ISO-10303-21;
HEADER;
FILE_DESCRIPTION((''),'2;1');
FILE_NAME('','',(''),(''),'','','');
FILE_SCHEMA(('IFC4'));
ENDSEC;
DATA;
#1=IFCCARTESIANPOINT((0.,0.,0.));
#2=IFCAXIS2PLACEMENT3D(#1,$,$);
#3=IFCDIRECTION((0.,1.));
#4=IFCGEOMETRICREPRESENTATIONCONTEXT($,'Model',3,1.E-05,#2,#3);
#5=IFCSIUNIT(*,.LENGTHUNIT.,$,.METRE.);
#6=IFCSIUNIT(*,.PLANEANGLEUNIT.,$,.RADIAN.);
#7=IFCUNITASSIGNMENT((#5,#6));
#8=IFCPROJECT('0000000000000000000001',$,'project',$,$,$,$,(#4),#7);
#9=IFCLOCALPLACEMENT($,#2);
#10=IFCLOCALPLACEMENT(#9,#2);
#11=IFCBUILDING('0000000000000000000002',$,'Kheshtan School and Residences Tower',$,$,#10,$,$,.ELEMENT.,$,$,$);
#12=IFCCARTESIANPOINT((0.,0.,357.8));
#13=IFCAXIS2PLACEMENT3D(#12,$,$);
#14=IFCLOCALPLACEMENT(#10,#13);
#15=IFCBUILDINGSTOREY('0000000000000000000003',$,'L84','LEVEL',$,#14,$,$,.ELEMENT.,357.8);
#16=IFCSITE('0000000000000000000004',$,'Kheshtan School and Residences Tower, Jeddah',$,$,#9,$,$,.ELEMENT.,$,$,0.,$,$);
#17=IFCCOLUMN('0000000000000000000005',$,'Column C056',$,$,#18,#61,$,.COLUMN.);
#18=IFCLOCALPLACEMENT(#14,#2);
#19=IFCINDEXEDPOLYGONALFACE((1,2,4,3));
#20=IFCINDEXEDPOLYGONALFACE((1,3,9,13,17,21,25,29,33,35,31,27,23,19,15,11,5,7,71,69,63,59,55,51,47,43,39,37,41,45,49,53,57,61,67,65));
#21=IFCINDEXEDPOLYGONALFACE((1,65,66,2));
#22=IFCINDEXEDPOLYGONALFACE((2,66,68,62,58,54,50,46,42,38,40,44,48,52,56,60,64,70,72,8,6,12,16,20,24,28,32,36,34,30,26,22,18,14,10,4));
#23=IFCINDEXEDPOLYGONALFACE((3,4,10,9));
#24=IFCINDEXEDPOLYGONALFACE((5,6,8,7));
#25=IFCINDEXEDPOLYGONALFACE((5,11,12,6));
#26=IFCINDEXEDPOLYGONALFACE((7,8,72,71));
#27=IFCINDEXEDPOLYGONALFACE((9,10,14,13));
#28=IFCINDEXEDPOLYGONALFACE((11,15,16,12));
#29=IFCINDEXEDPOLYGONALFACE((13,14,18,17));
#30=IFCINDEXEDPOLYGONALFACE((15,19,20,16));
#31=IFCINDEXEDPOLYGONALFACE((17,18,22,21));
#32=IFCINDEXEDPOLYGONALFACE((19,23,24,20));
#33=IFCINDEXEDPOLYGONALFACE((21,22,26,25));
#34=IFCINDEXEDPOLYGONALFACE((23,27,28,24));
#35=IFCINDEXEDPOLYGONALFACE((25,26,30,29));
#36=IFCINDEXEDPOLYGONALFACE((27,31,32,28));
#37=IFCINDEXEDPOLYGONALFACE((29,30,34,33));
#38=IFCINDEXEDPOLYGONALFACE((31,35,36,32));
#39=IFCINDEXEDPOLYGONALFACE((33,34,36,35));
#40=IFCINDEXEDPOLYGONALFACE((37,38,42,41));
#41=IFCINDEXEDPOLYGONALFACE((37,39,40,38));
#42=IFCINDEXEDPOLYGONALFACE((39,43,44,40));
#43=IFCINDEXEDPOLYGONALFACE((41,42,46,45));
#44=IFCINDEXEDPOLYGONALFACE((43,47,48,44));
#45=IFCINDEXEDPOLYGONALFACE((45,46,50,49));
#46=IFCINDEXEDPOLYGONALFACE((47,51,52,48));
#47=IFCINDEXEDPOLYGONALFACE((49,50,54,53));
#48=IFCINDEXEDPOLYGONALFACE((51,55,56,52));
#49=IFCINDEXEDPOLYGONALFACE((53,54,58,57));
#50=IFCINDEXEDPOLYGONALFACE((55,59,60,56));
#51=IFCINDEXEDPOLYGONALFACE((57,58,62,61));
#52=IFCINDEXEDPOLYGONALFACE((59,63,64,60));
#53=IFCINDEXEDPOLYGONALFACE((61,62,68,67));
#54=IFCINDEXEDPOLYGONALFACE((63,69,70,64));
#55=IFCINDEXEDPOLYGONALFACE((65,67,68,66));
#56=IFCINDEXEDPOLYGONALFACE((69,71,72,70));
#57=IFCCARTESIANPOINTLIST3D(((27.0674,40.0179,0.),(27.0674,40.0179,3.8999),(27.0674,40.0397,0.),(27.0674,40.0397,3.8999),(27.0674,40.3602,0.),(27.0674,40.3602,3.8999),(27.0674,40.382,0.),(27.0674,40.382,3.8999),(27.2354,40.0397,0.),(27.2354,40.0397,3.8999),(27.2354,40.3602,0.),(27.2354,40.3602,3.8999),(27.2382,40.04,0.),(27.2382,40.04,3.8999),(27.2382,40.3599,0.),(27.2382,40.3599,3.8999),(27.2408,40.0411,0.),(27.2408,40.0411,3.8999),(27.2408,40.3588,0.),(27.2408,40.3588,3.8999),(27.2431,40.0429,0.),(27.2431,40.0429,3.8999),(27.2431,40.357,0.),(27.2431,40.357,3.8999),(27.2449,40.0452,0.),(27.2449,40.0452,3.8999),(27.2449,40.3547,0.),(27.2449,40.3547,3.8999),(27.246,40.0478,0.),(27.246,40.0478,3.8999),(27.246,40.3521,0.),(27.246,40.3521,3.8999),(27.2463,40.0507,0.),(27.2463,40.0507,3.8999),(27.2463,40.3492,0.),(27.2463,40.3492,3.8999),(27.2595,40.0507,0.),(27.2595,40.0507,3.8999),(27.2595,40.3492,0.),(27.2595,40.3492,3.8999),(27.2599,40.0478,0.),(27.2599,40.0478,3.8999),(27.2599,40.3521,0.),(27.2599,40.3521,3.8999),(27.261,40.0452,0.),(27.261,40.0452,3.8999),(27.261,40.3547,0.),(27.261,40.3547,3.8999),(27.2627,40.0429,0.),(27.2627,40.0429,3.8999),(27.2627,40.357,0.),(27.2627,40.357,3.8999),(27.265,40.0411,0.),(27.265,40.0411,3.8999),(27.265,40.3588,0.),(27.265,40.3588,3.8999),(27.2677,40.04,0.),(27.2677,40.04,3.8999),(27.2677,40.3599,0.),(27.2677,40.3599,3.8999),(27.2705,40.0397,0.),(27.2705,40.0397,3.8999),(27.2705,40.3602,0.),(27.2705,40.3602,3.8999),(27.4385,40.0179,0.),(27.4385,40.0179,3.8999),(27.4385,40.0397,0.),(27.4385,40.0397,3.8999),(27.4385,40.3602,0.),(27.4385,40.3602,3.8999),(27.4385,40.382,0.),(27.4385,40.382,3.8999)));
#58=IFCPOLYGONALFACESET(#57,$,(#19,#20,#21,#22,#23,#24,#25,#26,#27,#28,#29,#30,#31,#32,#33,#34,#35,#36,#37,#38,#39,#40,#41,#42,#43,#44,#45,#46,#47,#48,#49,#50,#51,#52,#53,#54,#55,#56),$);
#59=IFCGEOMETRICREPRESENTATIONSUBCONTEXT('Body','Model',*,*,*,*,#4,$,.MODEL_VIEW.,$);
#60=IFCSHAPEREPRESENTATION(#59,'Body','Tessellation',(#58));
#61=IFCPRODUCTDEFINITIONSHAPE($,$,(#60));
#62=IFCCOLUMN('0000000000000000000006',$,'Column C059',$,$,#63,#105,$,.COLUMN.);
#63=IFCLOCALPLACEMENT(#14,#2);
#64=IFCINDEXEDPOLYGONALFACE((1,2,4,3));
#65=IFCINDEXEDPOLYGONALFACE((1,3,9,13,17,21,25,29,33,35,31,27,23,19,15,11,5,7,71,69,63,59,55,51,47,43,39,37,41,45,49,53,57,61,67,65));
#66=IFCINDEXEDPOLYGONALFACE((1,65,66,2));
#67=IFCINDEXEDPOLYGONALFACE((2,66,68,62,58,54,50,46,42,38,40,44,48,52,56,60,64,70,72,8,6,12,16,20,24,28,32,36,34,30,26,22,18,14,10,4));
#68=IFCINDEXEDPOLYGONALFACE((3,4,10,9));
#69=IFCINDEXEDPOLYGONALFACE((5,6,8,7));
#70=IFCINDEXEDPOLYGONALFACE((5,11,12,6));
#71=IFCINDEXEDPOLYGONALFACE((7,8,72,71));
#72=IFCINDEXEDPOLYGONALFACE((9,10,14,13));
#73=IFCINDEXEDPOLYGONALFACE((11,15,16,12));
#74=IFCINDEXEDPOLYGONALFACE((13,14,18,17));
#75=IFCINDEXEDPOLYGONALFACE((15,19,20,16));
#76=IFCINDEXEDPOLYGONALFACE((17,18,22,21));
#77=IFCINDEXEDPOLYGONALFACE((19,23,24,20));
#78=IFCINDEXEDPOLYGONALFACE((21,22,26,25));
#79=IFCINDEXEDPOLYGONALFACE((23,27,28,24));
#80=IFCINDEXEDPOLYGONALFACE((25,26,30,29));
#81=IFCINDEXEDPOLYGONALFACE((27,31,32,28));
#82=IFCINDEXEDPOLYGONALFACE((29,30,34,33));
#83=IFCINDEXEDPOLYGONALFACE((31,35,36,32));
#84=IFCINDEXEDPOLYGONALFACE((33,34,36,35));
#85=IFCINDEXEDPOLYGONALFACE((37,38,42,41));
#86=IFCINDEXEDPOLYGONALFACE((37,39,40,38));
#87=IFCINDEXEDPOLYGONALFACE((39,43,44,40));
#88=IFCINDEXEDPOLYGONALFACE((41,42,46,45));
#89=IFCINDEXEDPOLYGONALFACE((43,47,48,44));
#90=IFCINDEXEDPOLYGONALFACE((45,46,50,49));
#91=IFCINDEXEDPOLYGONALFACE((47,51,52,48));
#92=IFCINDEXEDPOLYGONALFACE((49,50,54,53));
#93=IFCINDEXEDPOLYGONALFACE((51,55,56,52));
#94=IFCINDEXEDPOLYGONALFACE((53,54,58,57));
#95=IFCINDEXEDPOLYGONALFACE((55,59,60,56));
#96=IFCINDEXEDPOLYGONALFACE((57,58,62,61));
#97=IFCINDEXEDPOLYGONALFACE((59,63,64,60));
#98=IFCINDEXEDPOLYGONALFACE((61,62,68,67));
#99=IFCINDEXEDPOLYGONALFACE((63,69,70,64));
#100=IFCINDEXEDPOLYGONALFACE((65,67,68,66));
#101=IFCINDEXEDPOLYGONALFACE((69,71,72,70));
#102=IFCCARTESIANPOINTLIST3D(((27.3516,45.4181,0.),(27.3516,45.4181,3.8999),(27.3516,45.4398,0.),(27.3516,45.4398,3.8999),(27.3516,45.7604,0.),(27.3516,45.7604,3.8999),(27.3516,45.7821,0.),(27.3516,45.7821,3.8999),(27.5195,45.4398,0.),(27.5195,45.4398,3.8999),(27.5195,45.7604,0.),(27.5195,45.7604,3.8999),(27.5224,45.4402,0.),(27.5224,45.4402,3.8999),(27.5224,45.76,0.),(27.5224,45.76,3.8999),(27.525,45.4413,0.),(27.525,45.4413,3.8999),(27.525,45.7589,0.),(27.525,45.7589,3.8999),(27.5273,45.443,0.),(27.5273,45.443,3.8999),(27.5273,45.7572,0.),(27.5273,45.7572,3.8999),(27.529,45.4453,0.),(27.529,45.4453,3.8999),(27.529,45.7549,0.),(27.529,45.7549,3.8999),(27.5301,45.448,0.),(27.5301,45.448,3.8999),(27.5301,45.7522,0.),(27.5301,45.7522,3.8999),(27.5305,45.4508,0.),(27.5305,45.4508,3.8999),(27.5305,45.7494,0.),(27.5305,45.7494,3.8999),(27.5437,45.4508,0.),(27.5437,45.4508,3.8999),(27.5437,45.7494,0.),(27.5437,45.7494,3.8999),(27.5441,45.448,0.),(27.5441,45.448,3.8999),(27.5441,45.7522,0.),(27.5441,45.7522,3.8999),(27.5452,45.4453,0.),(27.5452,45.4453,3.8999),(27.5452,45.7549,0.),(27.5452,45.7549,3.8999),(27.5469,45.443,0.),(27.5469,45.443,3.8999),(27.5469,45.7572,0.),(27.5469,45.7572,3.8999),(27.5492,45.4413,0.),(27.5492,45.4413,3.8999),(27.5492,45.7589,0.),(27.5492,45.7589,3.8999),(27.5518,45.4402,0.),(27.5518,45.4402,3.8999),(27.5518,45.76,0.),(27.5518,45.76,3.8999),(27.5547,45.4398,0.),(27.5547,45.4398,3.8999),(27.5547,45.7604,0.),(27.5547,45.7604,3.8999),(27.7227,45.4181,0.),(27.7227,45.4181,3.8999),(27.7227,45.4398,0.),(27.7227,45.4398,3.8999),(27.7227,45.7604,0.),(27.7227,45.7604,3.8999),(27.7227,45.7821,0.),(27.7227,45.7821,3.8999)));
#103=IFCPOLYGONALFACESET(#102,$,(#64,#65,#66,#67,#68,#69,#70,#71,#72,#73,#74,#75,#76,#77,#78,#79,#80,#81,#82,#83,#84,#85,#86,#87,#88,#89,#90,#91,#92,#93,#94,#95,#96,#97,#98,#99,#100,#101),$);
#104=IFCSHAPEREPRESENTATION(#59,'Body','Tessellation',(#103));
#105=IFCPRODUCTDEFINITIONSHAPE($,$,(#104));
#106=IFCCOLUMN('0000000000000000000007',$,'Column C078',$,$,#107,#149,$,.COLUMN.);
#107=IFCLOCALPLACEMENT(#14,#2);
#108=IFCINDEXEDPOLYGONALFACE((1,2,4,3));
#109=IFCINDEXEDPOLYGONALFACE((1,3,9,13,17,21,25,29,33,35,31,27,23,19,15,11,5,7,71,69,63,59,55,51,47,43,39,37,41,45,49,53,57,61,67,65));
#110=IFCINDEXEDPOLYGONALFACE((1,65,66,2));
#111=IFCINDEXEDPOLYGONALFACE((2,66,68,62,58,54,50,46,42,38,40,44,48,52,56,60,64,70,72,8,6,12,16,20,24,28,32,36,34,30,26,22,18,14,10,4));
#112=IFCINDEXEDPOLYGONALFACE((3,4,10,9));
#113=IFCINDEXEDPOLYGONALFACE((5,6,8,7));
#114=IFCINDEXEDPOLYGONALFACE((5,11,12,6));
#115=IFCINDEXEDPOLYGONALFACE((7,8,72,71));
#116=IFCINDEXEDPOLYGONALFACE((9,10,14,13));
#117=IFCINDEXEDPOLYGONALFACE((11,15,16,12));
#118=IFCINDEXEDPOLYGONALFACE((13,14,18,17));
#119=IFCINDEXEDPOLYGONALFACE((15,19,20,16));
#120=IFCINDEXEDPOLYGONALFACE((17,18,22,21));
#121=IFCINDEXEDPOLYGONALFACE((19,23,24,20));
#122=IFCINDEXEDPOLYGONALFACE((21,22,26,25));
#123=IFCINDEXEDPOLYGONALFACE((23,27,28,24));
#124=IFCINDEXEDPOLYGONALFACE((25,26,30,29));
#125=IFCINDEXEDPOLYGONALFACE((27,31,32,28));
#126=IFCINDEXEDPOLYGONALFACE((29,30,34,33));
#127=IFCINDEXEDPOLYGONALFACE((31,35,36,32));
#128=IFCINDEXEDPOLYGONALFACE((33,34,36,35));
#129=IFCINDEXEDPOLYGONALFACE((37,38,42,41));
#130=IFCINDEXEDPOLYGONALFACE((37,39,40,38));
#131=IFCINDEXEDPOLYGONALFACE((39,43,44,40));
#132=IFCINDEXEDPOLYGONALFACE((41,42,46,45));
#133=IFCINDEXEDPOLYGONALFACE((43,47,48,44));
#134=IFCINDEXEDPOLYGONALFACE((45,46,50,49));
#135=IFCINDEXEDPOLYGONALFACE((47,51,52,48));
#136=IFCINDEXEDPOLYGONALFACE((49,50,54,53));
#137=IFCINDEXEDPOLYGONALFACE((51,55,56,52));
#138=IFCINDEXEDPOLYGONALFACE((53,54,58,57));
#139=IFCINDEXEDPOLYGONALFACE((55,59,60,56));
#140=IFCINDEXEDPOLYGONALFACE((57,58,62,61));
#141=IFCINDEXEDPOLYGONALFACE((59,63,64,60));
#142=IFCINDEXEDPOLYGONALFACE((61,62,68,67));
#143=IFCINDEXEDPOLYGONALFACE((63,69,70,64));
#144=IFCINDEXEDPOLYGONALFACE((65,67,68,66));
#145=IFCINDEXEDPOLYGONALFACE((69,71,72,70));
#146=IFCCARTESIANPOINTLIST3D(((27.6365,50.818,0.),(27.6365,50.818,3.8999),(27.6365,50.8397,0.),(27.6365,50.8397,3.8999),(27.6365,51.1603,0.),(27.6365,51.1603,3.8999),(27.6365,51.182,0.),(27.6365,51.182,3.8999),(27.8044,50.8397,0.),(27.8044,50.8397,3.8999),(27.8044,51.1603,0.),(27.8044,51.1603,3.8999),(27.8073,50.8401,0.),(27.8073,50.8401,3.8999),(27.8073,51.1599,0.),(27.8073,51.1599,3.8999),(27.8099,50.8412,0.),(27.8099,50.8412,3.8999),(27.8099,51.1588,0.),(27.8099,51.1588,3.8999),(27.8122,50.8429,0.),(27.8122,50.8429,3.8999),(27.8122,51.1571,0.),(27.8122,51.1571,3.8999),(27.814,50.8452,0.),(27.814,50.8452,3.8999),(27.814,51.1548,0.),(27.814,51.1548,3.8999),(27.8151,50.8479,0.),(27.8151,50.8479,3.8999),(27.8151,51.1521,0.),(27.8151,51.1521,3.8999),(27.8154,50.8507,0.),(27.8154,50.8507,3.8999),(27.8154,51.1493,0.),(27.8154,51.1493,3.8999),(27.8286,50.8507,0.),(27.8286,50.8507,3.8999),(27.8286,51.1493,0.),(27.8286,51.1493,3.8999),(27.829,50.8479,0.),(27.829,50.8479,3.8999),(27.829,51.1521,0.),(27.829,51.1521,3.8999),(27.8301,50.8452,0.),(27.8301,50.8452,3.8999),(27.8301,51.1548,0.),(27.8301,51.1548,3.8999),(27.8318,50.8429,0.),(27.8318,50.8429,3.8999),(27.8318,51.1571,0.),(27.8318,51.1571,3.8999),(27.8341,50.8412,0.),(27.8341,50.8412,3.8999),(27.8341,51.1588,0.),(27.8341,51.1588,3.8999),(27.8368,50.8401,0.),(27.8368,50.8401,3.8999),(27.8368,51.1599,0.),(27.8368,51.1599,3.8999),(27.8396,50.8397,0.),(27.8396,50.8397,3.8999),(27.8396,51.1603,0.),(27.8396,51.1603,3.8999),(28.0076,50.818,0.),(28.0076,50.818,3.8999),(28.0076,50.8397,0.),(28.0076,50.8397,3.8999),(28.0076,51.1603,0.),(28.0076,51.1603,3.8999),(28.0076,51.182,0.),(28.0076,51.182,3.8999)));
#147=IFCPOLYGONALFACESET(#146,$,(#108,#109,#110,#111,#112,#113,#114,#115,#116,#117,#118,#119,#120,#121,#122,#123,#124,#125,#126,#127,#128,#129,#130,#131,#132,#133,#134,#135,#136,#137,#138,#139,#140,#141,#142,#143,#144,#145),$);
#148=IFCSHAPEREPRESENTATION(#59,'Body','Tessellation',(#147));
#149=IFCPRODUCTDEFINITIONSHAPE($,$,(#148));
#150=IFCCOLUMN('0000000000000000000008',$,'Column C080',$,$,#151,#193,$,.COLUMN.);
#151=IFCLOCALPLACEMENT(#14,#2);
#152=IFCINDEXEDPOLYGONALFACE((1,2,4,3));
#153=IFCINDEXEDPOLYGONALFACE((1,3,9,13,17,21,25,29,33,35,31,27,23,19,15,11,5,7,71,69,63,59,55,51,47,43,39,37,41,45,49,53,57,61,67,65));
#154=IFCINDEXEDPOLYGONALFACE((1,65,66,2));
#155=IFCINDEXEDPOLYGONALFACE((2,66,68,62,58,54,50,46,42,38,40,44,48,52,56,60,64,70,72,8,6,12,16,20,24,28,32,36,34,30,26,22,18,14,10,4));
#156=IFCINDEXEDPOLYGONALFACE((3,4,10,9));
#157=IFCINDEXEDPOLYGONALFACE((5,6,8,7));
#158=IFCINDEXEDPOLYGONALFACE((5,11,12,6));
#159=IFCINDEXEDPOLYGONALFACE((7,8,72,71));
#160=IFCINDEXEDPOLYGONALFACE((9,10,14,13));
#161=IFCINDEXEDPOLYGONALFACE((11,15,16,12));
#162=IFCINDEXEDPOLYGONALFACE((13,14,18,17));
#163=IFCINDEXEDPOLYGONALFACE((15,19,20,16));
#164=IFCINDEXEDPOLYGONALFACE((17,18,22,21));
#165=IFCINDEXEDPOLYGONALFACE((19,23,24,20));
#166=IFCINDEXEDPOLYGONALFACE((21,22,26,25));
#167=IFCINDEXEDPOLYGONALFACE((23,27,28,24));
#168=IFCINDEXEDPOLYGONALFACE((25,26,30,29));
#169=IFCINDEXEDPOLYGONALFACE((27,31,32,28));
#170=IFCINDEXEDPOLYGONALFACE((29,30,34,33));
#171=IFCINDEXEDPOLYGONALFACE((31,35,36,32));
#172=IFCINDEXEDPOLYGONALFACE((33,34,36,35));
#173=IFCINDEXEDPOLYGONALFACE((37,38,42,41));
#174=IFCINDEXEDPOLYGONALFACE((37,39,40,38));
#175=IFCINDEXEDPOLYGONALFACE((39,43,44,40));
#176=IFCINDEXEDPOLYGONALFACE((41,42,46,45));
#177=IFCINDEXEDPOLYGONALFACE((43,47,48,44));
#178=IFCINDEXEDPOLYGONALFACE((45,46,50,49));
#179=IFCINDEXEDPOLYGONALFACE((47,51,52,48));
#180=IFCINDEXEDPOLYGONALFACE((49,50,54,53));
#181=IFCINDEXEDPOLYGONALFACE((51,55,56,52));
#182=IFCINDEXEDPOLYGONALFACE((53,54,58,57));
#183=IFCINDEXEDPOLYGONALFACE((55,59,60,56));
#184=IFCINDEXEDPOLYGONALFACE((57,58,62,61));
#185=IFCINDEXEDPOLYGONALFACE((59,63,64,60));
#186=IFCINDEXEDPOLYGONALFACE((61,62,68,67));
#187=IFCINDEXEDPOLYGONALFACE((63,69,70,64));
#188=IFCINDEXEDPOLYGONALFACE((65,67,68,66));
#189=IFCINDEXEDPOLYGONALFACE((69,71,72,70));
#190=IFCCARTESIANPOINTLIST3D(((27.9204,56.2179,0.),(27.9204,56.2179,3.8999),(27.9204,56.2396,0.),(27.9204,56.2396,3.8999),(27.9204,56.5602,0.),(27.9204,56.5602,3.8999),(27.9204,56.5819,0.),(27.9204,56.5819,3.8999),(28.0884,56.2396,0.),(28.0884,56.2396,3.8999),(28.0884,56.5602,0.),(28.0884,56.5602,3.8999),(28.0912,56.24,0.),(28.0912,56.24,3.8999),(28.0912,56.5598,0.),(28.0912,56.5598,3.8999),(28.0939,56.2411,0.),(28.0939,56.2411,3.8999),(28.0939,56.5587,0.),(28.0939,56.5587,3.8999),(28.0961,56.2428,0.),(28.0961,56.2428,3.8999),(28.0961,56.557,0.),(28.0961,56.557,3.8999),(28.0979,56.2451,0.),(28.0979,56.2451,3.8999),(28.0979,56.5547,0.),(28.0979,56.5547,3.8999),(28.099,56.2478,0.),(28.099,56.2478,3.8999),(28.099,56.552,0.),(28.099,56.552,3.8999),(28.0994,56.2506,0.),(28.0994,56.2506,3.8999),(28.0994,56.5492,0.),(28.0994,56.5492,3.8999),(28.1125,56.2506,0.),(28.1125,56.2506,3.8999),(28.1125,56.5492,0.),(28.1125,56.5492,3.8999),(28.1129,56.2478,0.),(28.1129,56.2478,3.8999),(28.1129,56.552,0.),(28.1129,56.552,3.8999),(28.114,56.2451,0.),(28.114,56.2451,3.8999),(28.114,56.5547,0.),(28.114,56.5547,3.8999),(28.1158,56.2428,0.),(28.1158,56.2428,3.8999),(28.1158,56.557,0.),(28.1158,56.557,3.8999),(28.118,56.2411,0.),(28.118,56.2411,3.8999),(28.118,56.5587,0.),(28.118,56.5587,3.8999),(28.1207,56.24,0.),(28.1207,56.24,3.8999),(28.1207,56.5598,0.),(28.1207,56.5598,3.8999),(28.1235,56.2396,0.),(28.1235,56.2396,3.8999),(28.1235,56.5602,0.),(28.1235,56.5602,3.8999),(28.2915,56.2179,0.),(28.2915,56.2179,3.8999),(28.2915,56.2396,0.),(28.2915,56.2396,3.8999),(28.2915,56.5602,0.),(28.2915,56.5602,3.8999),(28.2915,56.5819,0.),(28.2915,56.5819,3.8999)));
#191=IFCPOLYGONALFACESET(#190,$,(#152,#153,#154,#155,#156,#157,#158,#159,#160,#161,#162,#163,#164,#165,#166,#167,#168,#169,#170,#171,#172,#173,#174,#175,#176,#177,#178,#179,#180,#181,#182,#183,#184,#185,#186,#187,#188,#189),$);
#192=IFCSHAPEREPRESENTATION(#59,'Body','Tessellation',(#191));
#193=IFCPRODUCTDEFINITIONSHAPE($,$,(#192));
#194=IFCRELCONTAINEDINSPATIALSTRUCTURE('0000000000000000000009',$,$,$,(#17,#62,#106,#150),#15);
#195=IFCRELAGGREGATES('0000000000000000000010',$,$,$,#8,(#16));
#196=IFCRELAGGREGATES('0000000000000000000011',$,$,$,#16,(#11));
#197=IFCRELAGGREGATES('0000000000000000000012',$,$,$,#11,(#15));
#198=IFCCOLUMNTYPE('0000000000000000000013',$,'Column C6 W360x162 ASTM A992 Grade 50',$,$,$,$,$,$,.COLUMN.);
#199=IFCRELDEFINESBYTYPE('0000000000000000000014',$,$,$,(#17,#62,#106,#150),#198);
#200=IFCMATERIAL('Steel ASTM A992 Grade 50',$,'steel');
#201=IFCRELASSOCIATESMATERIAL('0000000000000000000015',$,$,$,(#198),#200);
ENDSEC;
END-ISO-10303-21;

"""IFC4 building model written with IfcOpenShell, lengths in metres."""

from ifc_helpers import new_model, si_unit, direction, frame, origin, origin_2d, place, context, subcontext, project, spatial, i_section, extrude, material, material_profile, profile_set, type_object, element, save


model = new_model("IFC4")

# Units and contexts
model_context = context("Model", 3, precision=1e-05, world=origin(), true_north=direction((0.0, 1.0)))
body_context = subcontext(model_context, "Body", "Model", "MODEL_VIEW")
ifc_project = project(units=[si_unit("LENGTHUNIT", "METRE"), si_unit("PLANEANGLEUNIT", "RADIAN")], contexts=[model_context])

# Site, building, storey
site_placement = place(None, origin())
site = spatial("IfcSite", under=ifc_project, at=site_placement, Name="Kheshtan School and Residences Tower, Jeddah", CompositionType="ELEMENT", RefElevation=0.0)
building_placement = place(site_placement, origin())
building = spatial("IfcBuilding", under=site, at=building_placement, Name="Kheshtan School and Residences Tower", CompositionType="ELEMENT")
storey_placement = place(building_placement, frame((0.0, 0.0, 357.8)))
storey = spatial("IfcBuildingStorey", under=building, at=storey_placement, Name="L84", Description="LEVEL", CompositionType="ELEMENT", Elevation=357.8)

# Columns
ifc_material_1 = material(Name="Steel ASTM A992 Grade 50", Category="steel")
ifc_material_profile_1 = material_profile(ifc_material_1, i_section(OverallWidth=0.3711, OverallDepth=0.364, WebThickness=0.0132, FlangeThickness=0.0217, FilletRadius=0.011, at=origin_2d()), Name="W360x162")
ifc_profile_set_1 = profile_set([ifc_material_profile_1], Name="Steel ASTM A992 Grade 50")
column_type = type_object("IfcColumnType", Name="Column C6 W360x162 ASTM A992 Grade 50", PredefinedType="COLUMN", material=ifc_profile_set_1)
for number, where, z_axis, x_axis, name in (
    (1, (27.2529, 40.2, 0.0), (0.0, 0.0, 1.0), (1.0, 0.0, 0.0), "Column C056"),
    (2, (27.5371, 45.6001, 0.0), (0.0, 0.0, 1.0), (1.0, 0.0, 0.0), "Column C059"),
    (3, (27.822, 51.0, 0.0), (0.0, 0.0, 1.0), (1.0, 0.0, 0.0), "Column C078"),
    (4, (28.106, 56.3999, 0.0), (0.0, 0.0, 1.0), (1.0, 0.0, 0.0), "Column C080"),
):
    element("IfcColumn", number, at=place(storey_placement, frame(where, z_axis=z_axis, x_axis=x_axis)), inside=storey, type_object=column_type, Name=name, PredefinedType="COLUMN", context=body_context, shape_type="SweptSolid", body=[
        extrude(i_section(OverallWidth=0.3711, OverallDepth=0.364, WebThickness=0.0132, FlangeThickness=0.0217, FilletRadius=0.011, at=origin_2d()), origin(), (0.0, 0.0, 1.0), 3.8999),
    ])

save(model, "model.ifc")
